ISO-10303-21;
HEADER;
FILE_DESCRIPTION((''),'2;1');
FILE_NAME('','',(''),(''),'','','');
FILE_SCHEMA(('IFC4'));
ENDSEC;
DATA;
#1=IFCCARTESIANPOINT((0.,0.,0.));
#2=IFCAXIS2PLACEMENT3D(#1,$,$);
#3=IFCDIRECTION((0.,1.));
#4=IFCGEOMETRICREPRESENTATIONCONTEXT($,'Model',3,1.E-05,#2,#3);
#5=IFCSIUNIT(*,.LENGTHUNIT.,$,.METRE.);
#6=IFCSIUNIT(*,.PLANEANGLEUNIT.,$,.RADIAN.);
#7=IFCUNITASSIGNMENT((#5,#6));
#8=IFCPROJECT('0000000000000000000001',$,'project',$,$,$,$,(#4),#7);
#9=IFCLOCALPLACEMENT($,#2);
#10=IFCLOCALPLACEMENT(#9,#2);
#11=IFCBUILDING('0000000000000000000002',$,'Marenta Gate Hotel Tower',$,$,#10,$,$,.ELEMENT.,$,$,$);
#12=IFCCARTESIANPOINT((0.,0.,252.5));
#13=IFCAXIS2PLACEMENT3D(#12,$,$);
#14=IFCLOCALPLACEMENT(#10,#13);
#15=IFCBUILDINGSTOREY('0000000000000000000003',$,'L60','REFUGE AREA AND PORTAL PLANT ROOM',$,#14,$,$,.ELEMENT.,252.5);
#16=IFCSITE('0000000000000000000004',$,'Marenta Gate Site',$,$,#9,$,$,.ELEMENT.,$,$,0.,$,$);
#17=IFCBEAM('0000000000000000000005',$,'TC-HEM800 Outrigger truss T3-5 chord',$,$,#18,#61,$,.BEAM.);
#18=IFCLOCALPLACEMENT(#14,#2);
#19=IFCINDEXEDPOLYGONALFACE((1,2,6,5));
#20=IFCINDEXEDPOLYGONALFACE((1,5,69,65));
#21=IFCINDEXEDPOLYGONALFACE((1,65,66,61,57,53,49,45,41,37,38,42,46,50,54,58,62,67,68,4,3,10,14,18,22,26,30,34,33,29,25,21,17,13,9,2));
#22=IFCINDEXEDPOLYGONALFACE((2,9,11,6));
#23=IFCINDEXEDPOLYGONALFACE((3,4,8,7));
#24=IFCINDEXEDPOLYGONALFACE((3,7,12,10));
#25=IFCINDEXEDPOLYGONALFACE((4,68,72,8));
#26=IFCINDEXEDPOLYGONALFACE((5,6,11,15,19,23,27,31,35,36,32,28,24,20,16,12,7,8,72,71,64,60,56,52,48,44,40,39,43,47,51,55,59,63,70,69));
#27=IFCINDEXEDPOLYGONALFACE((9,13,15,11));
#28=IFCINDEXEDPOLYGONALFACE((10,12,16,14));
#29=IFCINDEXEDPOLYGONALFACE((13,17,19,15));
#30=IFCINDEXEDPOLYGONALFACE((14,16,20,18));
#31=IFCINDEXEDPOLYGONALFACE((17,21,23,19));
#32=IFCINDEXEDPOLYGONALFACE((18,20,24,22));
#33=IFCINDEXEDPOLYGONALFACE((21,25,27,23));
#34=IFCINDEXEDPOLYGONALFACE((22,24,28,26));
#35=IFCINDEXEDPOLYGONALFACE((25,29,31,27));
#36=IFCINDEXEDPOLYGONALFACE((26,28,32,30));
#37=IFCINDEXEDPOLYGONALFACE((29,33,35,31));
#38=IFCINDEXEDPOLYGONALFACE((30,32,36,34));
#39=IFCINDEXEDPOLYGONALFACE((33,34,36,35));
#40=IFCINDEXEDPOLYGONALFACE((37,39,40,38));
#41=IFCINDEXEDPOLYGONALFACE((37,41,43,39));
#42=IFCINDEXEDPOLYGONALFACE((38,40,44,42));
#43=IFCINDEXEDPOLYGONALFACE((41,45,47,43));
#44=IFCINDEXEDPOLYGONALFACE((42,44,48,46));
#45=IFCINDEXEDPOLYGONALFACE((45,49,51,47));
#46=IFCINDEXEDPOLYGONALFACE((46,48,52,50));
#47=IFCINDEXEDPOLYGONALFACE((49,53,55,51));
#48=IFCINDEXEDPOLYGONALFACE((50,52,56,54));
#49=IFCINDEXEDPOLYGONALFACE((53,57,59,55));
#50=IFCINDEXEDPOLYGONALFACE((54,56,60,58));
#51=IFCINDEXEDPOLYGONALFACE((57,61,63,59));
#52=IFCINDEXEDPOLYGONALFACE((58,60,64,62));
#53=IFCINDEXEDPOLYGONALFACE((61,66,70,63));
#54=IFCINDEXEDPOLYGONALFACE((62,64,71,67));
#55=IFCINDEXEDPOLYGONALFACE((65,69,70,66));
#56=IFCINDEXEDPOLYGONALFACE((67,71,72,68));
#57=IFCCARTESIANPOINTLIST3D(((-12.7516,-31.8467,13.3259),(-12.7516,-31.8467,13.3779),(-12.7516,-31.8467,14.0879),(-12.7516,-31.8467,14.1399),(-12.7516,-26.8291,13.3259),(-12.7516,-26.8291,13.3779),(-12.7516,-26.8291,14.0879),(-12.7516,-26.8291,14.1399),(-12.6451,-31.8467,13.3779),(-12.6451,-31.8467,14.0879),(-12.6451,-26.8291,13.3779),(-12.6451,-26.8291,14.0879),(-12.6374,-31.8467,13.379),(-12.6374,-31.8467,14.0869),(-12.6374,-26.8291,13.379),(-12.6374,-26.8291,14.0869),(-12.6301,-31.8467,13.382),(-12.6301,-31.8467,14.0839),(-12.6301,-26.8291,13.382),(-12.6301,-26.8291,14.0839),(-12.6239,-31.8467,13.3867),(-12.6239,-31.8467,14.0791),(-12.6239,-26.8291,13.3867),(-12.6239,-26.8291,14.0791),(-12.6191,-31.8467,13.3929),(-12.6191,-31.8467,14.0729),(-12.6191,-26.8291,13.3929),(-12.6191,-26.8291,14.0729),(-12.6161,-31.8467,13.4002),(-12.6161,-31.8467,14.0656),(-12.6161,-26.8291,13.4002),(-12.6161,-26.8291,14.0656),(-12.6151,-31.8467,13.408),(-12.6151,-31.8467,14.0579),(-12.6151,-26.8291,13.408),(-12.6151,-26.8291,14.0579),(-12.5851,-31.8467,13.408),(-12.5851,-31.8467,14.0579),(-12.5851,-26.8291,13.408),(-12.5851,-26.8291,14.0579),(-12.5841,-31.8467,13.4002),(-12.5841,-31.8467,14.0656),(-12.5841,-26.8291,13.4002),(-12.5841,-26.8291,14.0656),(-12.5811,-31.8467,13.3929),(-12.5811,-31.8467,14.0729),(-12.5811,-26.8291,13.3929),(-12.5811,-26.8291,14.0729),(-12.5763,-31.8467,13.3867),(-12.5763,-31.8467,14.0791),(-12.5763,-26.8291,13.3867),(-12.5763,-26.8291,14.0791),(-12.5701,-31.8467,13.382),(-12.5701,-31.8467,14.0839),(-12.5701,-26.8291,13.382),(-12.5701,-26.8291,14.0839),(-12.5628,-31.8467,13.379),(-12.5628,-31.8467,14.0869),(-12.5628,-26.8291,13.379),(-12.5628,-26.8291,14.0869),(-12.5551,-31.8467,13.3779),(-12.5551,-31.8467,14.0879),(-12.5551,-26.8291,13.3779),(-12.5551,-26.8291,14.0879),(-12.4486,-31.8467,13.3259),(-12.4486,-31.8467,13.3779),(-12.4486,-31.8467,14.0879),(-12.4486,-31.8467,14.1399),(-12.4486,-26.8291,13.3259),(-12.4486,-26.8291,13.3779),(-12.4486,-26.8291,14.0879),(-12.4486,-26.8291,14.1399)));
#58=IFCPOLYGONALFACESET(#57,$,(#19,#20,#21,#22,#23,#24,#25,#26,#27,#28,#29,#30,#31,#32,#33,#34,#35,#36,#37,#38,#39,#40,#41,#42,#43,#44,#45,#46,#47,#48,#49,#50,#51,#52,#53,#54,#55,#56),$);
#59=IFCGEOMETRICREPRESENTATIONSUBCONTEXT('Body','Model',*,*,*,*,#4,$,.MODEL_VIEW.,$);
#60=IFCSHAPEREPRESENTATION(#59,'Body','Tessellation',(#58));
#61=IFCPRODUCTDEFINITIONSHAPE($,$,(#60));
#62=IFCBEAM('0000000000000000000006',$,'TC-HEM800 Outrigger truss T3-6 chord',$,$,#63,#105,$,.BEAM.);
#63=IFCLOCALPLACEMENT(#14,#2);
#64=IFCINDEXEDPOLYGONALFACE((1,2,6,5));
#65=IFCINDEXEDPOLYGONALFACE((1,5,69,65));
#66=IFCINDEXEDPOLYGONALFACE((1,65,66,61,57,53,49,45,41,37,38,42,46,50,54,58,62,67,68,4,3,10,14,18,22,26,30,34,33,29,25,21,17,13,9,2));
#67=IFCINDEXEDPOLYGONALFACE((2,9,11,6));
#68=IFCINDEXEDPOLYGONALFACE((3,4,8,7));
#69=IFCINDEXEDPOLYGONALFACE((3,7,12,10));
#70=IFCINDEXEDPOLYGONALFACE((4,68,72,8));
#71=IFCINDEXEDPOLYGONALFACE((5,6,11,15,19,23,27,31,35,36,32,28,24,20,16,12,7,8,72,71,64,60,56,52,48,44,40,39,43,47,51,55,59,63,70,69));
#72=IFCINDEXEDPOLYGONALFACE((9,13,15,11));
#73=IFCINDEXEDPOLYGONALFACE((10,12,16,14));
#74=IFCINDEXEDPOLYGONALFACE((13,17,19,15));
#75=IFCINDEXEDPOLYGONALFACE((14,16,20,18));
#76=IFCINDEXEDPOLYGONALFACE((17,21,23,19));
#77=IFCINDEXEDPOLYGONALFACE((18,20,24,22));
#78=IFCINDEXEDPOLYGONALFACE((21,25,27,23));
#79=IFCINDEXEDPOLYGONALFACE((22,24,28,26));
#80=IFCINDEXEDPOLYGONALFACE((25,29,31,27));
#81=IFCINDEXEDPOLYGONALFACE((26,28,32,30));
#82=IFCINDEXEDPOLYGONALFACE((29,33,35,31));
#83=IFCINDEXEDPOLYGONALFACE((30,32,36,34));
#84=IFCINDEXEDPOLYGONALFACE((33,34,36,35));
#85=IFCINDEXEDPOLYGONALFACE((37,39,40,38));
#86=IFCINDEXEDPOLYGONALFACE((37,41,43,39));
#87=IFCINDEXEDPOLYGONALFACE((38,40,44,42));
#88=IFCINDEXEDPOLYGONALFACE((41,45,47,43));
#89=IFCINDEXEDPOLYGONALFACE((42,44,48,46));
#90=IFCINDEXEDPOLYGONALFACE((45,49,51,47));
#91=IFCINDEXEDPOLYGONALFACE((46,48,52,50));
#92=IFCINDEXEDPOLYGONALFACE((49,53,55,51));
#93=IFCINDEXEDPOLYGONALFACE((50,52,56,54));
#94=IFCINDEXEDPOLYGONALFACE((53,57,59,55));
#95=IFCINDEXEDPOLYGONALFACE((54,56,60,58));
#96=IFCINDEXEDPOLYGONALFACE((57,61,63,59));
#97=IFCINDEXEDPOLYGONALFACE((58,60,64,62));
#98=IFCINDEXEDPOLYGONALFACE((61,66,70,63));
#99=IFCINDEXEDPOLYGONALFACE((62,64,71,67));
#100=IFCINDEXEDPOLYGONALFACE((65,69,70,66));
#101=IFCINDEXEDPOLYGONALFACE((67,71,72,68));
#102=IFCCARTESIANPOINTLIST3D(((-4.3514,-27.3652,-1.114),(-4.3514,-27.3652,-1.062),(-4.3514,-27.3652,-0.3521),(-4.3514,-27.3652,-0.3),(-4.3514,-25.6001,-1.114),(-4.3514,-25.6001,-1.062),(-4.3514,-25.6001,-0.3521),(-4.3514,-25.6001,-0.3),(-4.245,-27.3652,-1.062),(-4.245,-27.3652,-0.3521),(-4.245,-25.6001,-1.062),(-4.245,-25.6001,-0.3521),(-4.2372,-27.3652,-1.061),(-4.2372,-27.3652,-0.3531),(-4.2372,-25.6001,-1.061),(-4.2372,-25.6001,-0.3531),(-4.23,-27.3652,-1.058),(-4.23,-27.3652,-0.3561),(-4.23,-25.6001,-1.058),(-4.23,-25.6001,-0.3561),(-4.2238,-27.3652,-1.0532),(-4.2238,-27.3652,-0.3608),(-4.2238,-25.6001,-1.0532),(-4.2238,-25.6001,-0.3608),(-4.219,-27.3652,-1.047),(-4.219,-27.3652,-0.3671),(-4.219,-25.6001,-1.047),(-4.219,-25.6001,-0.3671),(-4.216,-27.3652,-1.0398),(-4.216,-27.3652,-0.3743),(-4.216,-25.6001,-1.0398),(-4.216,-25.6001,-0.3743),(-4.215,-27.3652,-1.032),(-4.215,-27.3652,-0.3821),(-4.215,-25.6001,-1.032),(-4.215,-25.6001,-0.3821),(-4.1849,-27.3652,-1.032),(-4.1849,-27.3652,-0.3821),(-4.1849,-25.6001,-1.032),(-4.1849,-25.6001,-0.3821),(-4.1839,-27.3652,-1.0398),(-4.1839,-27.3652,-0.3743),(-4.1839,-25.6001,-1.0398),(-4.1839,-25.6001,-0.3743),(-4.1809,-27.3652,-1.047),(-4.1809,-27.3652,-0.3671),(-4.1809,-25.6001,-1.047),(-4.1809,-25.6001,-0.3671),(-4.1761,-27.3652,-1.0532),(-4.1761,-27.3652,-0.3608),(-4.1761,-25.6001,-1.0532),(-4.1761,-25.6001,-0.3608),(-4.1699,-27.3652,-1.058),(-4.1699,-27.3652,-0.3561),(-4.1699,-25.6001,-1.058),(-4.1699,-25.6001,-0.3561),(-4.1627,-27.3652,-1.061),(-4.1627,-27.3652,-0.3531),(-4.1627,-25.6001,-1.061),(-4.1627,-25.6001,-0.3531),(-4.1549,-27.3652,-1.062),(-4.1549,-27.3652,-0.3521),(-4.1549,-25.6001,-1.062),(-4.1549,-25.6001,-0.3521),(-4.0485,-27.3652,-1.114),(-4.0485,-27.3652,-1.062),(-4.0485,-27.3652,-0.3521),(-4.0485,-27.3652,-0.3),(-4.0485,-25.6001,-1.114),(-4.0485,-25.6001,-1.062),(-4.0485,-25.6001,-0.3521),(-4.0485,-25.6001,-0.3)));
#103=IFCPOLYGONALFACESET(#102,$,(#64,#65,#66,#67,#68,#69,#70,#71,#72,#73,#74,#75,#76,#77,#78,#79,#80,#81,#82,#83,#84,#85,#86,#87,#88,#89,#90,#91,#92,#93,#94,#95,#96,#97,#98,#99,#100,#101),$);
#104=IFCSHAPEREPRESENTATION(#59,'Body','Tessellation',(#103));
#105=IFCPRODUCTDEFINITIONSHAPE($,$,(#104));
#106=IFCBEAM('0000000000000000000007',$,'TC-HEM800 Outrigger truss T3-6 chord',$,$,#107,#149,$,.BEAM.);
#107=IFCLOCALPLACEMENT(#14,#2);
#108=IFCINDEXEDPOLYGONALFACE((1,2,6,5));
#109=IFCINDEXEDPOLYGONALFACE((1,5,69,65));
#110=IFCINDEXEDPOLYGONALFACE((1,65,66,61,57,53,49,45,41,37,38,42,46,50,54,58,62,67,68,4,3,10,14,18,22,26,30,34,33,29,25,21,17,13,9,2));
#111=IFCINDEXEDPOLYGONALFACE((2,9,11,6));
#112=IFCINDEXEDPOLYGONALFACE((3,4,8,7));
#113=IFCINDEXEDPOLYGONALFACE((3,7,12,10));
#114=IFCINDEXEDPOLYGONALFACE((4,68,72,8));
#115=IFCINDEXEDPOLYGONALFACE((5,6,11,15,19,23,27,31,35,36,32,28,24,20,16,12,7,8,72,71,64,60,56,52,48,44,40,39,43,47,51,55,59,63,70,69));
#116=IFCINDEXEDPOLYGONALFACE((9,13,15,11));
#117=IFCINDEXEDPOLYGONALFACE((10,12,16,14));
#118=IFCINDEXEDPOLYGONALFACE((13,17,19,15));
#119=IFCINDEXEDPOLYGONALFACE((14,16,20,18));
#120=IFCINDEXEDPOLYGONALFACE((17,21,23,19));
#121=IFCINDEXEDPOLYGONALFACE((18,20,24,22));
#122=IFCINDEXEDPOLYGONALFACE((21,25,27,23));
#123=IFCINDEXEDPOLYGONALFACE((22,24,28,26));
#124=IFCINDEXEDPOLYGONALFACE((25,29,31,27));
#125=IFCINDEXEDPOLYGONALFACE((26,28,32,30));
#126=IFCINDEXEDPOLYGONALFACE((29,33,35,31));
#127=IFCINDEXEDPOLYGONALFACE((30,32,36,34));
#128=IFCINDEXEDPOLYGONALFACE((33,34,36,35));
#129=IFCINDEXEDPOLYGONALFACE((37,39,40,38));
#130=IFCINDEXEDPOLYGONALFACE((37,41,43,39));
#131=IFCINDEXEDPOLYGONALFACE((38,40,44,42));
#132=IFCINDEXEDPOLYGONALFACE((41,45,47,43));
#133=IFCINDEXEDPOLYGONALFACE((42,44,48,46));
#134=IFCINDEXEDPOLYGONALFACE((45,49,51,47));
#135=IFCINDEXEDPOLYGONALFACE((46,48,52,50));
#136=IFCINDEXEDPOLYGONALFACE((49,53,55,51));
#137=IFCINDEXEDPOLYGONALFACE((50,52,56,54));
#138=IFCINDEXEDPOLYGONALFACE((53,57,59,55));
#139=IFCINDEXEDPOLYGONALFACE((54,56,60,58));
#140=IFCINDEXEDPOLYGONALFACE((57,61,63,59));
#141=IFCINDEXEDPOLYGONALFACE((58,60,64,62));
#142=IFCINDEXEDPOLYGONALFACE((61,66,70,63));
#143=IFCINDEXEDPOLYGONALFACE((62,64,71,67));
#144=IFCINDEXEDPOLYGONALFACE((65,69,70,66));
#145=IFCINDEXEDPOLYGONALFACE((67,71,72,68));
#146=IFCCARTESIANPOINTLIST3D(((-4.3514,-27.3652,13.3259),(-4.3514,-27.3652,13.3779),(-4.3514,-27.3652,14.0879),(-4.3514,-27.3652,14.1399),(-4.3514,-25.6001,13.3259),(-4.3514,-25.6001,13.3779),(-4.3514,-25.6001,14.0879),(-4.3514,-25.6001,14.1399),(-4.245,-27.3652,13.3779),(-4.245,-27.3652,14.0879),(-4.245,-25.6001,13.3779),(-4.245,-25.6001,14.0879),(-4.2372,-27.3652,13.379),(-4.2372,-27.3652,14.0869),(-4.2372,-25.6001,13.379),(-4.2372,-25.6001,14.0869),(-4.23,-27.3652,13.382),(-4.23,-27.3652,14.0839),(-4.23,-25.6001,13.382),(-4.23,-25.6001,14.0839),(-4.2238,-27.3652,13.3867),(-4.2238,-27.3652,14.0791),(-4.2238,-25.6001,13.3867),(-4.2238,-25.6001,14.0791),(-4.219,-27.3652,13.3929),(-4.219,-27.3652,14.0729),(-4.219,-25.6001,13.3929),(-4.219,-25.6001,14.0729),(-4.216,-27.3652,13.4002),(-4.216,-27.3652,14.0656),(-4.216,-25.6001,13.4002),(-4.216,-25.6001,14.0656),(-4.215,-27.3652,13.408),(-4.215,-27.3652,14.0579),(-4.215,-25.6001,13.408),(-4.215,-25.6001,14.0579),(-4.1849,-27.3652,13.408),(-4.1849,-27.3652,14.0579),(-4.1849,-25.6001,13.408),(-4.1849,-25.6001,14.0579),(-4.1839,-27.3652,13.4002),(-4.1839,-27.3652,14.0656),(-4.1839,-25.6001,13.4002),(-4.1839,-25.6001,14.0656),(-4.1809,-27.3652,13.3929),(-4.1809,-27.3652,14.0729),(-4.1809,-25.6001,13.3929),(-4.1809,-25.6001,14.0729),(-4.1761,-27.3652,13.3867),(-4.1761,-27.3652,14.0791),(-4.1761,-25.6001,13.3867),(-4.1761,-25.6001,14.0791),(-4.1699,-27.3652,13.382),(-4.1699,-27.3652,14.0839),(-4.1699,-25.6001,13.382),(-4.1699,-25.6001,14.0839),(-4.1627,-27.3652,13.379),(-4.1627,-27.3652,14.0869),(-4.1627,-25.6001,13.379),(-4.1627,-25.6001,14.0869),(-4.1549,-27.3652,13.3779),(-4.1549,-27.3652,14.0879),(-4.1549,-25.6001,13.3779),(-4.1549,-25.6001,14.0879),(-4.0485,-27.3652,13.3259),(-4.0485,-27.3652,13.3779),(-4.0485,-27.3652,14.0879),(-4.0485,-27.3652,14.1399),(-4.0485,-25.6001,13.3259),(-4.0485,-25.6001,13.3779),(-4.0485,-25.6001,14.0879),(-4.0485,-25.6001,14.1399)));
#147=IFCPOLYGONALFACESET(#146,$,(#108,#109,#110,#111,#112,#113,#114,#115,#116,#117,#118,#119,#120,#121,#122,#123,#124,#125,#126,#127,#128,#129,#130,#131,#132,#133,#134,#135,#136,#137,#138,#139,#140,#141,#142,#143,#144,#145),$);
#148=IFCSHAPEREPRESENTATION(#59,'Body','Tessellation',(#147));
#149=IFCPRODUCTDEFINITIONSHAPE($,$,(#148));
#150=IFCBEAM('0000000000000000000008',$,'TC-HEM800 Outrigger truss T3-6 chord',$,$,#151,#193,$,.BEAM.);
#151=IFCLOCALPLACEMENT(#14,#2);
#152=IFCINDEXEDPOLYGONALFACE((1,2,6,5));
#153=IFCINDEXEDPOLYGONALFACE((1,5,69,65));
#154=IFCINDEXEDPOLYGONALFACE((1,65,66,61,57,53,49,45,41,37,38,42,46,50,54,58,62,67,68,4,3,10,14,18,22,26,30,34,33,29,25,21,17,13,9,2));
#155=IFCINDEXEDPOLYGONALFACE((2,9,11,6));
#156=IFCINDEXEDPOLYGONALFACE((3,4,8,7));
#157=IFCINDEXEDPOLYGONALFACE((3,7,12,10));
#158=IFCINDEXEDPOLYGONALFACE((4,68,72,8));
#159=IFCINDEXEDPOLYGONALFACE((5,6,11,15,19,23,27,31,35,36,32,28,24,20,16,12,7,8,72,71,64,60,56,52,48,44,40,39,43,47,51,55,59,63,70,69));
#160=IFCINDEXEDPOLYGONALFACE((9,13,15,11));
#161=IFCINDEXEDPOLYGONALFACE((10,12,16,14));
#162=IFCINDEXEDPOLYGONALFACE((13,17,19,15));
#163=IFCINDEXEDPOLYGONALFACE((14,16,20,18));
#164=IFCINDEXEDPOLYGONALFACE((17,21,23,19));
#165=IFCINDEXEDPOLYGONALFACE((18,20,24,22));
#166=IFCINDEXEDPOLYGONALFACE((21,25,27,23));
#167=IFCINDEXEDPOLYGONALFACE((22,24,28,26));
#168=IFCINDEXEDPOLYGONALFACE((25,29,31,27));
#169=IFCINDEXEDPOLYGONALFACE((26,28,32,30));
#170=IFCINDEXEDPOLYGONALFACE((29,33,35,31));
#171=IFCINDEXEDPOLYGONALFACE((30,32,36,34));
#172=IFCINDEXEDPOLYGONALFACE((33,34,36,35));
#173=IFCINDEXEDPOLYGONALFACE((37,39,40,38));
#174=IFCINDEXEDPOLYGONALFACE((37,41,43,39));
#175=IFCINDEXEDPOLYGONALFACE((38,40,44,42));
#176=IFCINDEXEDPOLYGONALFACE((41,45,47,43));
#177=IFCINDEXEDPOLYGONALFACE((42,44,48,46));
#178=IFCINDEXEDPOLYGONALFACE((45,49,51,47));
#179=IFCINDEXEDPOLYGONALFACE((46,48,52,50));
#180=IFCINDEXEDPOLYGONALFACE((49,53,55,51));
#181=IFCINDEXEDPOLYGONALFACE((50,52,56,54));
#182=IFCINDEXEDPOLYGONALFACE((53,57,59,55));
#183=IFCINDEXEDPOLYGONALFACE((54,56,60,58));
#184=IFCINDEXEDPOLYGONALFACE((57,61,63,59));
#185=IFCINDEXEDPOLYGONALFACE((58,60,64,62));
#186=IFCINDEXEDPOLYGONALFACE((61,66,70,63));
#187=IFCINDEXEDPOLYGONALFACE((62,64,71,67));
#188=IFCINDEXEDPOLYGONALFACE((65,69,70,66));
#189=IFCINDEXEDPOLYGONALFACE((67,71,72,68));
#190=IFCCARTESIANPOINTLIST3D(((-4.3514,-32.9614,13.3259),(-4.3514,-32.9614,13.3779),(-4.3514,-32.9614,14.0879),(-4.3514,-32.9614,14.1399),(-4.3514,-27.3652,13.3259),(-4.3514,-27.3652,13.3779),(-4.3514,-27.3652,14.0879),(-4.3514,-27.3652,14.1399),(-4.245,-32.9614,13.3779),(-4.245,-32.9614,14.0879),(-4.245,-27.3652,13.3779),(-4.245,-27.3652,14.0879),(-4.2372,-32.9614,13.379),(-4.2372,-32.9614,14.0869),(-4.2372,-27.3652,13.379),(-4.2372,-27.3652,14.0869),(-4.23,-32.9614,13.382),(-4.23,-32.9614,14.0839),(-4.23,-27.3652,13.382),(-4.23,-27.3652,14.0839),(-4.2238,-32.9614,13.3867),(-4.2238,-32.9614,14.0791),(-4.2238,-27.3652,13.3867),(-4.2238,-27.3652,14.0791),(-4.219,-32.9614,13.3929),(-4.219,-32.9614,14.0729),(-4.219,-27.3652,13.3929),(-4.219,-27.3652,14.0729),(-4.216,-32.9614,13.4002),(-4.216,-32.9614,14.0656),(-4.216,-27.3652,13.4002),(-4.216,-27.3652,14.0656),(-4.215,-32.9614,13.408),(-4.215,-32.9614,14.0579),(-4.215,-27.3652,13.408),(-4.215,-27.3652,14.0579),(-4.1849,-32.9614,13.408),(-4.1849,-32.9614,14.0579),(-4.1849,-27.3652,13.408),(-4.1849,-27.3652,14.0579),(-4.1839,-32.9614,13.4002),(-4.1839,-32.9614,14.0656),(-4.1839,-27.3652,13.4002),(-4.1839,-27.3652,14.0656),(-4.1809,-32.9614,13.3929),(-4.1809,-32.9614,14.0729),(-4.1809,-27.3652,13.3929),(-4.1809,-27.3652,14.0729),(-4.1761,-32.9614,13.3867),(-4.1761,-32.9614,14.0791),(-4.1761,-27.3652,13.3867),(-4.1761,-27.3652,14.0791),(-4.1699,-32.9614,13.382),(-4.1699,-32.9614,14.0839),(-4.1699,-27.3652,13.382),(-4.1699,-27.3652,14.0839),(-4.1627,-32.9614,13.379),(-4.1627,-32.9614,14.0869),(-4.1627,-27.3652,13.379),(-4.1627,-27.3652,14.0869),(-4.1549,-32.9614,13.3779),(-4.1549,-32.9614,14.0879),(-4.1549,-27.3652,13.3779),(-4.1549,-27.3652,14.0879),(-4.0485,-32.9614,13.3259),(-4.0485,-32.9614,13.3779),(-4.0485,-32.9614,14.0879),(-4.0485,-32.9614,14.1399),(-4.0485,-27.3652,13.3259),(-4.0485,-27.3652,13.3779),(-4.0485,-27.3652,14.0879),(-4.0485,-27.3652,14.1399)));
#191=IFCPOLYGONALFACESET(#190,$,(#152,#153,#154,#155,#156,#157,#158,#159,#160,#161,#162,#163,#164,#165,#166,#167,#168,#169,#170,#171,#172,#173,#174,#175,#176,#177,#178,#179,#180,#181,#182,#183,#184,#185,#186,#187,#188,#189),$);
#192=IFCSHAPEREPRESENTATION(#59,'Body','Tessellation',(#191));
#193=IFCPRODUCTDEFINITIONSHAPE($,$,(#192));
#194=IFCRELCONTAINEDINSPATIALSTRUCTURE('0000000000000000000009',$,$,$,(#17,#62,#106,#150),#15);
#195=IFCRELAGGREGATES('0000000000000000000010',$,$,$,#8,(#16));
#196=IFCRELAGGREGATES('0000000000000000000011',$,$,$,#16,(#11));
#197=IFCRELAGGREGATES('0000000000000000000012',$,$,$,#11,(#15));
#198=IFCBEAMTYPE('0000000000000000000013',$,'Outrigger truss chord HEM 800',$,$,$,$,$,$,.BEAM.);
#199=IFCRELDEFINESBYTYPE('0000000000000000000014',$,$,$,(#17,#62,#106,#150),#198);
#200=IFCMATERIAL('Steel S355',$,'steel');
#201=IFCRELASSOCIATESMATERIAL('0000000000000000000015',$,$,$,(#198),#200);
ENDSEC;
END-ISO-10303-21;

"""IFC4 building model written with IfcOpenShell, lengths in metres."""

from ifc_helpers import new_model, si_unit, direction, frame, origin, origin_2d, place, context, subcontext, project, spatial, i_section, extrude, material, material_profile, profile_set, type_object, element, save


model = new_model("IFC4")

# Units and contexts
model_context = context("Model", 3, precision=1e-05, world=origin(), true_north=direction((0.0, 1.0)))
body_context = subcontext(model_context, "Body", "Model", "MODEL_VIEW")
ifc_project = project(units=[si_unit("LENGTHUNIT", "METRE"), si_unit("PLANEANGLEUNIT", "RADIAN")], contexts=[model_context])

# Site, building, storey
site_placement = place(None, origin())
site = spatial("IfcSite", under=ifc_project, at=site_placement, Name="Marenta Gate Site", CompositionType="ELEMENT", RefElevation=0.0)
building_placement = place(site_placement, origin())
building = spatial("IfcBuilding", under=site, at=building_placement, Name="Marenta Gate Hotel Tower", CompositionType="ELEMENT")
storey_placement = place(building_placement, frame((0.0, 0.0, 252.5)))
storey = spatial("IfcBuildingStorey", under=building, at=storey_placement, Name="L60", Description="REFUGE AREA AND PORTAL PLANT ROOM", CompositionType="ELEMENT", Elevation=252.5)

# Beams
ifc_material_1 = material(Name="Steel S355", Category="steel")
ifc_material_profile_1 = material_profile(ifc_material_1, i_section(OverallWidth=0.303, OverallDepth=0.814, WebThickness=0.03, FlangeThickness=0.052, FilletRadius=0.03, at=origin_2d()), Name="HEM 800")
ifc_profile_set_1 = profile_set([ifc_material_profile_1], Name="Steel S355")
beam_type_1 = type_object("IfcBeamType", Name="Outrigger truss chord HEM 800", PredefinedType="BEAM", material=ifc_profile_set_1)
beam_1_placement = place(storey_placement, frame((-12.6001, -26.8291, 13.7329), z_axis=(0.0, -1.0, 0.0), x_axis=(1.0, 0.0, 0.0)))
element("IfcBeam", 1, at=beam_1_placement, inside=storey, type_object=beam_type_1, Name="TC-HEM800 Outrigger truss T3-5 chord", PredefinedType="BEAM", context=body_context, shape_type="SweptSolid", body=[
    extrude(i_section(OverallWidth=0.303, OverallDepth=0.814, WebThickness=0.03, FlangeThickness=0.052, FilletRadius=0.03, at=origin_2d()), origin(), (0.0, 0.0, 1.0), 5.0176),
])
for number, where, z_axis, x_axis, name in (
    (2, (-4.2, -25.6001, -0.707), (0.0, -1.0, 0.0), (1.0, 0.0, 0.0), "TC-HEM800 Outrigger truss T3-6 chord"),
    (3, (-4.2, -25.6001, 13.7329), (0.0, -1.0, 0.0), (1.0, 0.0, 0.0), "TC-HEM800 Outrigger truss T3-6 chord"),
):
    element("IfcBeam", number, at=place(storey_placement, frame(where, z_axis=z_axis, x_axis=x_axis)), inside=storey, type_object=beam_type_1, Name=name, PredefinedType="BEAM", context=body_context, shape_type="SweptSolid", body=[
        extrude(i_section(OverallWidth=0.303, OverallDepth=0.814, WebThickness=0.03, FlangeThickness=0.052, FilletRadius=0.03, at=origin_2d()), origin(), (0.0, 0.0, 1.0), 1.7651),
    ])
beam_2_placement = place(storey_placement, frame((-4.2, -27.3652, 13.7329), z_axis=(0.0, -1.0, 0.0), x_axis=(1.0, 0.0, 0.0)))
element("IfcBeam", 4, at=beam_2_placement, inside=storey, type_object=beam_type_1, Name="TC-HEM800 Outrigger truss T3-6 chord", PredefinedType="BEAM", context=body_context, shape_type="SweptSolid", body=[
    extrude(i_section(OverallWidth=0.303, OverallDepth=0.814, WebThickness=0.03, FlangeThickness=0.052, FilletRadius=0.03, at=origin_2d()), origin(), (0.0, 0.0, 1.0), 5.5962),
])

save(model, "model.ifc")
